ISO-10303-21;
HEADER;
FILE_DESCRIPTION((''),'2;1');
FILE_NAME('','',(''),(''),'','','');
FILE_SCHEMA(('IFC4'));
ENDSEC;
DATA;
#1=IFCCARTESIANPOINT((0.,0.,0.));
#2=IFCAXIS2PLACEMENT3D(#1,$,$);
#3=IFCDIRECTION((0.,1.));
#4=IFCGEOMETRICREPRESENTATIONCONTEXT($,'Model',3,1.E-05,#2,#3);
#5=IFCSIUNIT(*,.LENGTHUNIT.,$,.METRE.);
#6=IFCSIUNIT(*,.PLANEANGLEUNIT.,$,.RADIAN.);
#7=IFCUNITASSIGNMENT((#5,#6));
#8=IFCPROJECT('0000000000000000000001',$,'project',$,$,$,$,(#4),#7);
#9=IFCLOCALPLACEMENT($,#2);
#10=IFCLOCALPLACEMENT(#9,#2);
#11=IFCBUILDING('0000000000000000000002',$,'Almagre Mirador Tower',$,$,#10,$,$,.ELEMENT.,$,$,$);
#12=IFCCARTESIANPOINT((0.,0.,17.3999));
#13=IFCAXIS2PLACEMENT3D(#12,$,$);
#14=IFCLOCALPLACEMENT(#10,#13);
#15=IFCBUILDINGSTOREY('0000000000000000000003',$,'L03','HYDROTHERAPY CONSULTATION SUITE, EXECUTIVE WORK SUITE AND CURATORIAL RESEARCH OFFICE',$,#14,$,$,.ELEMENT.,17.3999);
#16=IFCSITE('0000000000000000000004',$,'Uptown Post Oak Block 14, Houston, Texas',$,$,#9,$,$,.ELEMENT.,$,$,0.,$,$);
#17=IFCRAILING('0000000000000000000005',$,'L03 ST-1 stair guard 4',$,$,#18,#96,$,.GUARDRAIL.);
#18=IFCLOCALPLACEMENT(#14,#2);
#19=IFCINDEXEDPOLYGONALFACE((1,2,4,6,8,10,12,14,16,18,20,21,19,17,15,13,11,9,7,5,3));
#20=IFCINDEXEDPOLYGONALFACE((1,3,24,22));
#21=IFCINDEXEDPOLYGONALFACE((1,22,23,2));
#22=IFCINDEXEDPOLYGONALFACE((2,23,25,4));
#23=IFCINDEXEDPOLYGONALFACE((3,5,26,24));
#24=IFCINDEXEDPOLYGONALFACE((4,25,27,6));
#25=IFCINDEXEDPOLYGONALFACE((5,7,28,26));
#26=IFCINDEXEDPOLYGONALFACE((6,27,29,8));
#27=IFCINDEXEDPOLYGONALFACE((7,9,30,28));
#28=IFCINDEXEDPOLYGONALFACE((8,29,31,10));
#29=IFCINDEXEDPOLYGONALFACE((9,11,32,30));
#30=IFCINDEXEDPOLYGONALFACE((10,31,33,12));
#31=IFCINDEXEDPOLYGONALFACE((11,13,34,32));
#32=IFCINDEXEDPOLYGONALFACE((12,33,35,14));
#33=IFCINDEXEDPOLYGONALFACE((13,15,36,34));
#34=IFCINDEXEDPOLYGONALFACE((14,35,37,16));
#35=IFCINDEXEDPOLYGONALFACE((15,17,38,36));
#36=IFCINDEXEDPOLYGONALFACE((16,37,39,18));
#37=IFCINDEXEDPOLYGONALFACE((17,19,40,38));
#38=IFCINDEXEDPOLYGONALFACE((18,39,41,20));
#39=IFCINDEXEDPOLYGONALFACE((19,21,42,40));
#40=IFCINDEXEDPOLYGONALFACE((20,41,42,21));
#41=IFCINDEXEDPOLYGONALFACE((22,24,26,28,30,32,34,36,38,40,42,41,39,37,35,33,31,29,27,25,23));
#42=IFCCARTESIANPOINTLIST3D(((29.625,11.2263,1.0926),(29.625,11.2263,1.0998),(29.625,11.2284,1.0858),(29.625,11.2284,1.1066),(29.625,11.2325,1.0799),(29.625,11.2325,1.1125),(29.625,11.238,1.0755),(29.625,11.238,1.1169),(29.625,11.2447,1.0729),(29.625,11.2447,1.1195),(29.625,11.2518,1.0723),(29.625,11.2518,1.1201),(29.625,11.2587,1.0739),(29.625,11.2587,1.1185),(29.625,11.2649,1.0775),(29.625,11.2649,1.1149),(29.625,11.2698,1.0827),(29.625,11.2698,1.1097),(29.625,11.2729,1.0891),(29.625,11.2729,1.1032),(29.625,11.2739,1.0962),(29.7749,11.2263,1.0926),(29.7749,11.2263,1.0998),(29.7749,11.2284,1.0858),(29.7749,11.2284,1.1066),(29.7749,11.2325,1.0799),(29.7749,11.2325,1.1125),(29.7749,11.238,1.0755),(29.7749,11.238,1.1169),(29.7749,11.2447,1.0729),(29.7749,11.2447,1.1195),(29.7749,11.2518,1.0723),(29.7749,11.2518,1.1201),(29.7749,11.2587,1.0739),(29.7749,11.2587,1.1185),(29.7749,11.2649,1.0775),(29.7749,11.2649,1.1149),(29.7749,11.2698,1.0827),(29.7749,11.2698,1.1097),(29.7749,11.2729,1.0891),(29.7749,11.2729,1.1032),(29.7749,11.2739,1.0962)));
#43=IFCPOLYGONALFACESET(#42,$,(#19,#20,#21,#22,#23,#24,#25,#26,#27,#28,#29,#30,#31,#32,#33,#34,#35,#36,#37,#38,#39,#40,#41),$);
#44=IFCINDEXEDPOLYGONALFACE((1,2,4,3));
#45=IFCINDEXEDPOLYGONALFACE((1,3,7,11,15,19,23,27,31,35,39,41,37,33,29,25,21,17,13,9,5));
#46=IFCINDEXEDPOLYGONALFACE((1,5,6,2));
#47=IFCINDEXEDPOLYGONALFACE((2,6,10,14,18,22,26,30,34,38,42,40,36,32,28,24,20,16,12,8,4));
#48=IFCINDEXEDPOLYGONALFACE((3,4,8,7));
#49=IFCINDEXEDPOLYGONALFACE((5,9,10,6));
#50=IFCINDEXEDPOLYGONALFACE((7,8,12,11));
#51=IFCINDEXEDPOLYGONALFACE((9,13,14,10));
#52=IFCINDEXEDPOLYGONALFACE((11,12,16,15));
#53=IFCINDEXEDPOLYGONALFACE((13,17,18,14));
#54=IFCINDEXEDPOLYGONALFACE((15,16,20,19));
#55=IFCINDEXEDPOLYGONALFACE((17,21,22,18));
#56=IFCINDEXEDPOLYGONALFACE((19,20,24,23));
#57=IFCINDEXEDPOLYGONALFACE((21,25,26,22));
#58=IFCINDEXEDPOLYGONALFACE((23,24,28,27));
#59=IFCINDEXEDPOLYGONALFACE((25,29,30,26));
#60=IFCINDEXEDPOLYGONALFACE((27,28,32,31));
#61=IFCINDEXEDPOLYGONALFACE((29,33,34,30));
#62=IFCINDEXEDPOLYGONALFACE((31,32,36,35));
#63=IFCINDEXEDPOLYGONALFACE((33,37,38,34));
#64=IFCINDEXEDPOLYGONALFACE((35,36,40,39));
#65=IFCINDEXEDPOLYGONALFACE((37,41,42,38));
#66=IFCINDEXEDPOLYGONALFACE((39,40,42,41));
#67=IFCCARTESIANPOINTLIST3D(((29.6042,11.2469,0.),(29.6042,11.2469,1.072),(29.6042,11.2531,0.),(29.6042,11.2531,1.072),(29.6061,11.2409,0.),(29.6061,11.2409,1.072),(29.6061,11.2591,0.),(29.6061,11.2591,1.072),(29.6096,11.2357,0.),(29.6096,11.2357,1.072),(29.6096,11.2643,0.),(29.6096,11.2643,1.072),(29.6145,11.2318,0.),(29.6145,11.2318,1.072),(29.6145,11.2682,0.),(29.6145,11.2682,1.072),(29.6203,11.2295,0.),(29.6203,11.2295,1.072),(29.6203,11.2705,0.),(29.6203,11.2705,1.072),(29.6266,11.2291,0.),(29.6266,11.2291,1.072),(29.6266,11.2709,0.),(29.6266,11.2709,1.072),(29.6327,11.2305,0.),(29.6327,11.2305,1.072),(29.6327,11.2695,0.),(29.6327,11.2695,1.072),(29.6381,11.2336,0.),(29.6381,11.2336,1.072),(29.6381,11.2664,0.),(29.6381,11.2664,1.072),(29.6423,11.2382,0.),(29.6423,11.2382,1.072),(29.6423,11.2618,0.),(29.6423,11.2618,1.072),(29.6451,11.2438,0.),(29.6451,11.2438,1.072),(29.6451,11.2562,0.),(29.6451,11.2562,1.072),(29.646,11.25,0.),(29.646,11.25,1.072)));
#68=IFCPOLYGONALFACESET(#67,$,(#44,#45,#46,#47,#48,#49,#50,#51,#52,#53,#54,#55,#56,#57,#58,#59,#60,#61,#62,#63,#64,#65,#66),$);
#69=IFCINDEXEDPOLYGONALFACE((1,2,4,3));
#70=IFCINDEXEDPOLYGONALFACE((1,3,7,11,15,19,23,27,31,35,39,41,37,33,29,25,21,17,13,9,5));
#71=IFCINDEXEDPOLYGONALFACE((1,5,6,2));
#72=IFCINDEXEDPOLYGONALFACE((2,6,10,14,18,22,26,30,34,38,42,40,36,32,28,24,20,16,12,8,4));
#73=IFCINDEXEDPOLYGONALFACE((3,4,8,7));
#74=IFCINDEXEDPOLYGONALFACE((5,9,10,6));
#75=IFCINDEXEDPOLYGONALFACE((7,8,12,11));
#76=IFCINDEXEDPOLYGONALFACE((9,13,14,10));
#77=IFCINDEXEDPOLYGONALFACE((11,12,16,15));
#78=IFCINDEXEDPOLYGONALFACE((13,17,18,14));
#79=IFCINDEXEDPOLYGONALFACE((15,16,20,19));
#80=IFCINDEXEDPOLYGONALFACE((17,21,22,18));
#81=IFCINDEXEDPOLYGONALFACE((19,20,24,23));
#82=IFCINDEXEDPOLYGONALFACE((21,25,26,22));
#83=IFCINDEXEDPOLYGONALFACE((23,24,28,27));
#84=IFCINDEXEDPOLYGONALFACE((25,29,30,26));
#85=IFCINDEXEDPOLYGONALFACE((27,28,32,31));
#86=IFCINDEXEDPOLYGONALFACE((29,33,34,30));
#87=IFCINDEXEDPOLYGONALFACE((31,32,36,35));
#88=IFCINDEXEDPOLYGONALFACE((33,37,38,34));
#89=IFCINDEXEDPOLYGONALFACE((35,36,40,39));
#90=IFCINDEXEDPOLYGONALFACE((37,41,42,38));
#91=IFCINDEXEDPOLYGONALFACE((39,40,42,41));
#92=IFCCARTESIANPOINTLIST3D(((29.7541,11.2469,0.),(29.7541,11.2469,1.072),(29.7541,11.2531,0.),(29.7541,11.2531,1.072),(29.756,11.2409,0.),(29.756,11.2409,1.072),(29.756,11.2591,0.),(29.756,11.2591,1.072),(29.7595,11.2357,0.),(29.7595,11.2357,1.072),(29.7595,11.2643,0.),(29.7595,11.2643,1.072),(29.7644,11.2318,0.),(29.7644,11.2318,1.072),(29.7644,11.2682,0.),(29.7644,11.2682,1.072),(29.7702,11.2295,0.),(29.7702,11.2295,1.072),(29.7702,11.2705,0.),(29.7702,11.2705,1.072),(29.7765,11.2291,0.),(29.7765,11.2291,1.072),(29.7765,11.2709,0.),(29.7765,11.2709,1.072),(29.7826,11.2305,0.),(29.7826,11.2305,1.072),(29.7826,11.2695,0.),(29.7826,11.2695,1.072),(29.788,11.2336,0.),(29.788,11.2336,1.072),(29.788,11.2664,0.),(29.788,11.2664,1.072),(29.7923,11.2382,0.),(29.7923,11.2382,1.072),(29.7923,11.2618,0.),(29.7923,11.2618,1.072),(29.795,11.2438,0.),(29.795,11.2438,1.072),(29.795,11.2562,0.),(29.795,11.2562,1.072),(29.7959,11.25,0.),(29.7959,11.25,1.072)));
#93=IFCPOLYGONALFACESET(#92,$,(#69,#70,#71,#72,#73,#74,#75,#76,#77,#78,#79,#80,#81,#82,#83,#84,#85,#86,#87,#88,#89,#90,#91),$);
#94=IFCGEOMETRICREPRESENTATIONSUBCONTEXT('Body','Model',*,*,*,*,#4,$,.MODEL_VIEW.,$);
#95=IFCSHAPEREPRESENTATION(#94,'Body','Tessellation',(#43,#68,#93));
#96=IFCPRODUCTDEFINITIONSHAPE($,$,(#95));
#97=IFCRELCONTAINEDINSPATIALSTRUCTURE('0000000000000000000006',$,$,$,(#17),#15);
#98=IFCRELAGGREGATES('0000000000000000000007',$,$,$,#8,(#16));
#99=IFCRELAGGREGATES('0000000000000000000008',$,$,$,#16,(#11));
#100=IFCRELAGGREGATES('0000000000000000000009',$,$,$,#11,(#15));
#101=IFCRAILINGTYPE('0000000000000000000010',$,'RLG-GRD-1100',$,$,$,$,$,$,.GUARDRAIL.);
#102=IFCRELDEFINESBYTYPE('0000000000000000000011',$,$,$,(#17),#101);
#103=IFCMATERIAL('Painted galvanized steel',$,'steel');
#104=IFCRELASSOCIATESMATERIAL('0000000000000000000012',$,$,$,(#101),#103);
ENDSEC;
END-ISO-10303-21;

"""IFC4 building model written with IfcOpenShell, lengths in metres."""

from ifc_helpers import new_model, si_unit, direction, frame, origin, origin_2d, place, context, subcontext, project, spatial, circle, extrude, material, type_object, element, save


model = new_model("IFC4")

# Units and contexts
model_context = context("Model", 3, precision=1e-05, world=origin(), true_north=direction((0.0, 1.0)))
body_context = subcontext(model_context, "Body", "Model", "MODEL_VIEW")
ifc_project = project(units=[si_unit("LENGTHUNIT", "METRE"), si_unit("PLANEANGLEUNIT", "RADIAN")], contexts=[model_context])

# Site, building, storey
site_placement = place(None, origin())
site = spatial("IfcSite", under=ifc_project, at=site_placement, Name="Uptown Post Oak Block 14, Houston, Texas", CompositionType="ELEMENT", RefElevation=0.0)
building_placement = place(site_placement, origin())
building = spatial("IfcBuilding", under=site, at=building_placement, Name="Almagre Mirador Tower", CompositionType="ELEMENT")
storey_placement = place(building_placement, frame((0.0, 0.0, 17.3999)))
storey = spatial("IfcBuildingStorey", under=building, at=storey_placement, Name="L03", Description="HYDROTHERAPY CONSULTATION SUITE, EXECUTIVE WORK SUITE AND CURATORIAL RESEARCH OFFICE", CompositionType="ELEMENT", Elevation=17.3999)

# Railing
ifc_material_1 = material(Name="Painted galvanized steel", Category="steel")
railing_type_1 = type_object("IfcRailingType", Name="RLG-GRD-1100", PredefinedType="GUARDRAIL", material=ifc_material_1)
railing_1_placement = place(storey_placement, frame((29.625, 11.25, 0.0)))
element("IfcRailing", 1, at=railing_1_placement, inside=storey, type_object=railing_type_1, Name="L03 ST-1 stair guard 4", PredefinedType="GUARDRAIL", context=body_context, shape_type="SweptSolid", body=[
    extrude(circle(Radius=0.0239, at=origin_2d()), frame((0.0, 0.0, 1.0962), z_axis=(1.0, 0.0, 0.0), x_axis=(0.0, 1.0, 0.0)), (0.0, 0.0, 1.0), 0.1499),
    extrude(circle(Radius=0.021, at=origin_2d()), origin(), (0.0, 0.0, 1.0), 1.072),
    extrude(circle(Radius=0.021, at=origin_2d()), frame((0.1499, 0.0, 0.0)), (0.0, 0.0, 1.0), 1.072),
])

save(model, "model.ifc")
